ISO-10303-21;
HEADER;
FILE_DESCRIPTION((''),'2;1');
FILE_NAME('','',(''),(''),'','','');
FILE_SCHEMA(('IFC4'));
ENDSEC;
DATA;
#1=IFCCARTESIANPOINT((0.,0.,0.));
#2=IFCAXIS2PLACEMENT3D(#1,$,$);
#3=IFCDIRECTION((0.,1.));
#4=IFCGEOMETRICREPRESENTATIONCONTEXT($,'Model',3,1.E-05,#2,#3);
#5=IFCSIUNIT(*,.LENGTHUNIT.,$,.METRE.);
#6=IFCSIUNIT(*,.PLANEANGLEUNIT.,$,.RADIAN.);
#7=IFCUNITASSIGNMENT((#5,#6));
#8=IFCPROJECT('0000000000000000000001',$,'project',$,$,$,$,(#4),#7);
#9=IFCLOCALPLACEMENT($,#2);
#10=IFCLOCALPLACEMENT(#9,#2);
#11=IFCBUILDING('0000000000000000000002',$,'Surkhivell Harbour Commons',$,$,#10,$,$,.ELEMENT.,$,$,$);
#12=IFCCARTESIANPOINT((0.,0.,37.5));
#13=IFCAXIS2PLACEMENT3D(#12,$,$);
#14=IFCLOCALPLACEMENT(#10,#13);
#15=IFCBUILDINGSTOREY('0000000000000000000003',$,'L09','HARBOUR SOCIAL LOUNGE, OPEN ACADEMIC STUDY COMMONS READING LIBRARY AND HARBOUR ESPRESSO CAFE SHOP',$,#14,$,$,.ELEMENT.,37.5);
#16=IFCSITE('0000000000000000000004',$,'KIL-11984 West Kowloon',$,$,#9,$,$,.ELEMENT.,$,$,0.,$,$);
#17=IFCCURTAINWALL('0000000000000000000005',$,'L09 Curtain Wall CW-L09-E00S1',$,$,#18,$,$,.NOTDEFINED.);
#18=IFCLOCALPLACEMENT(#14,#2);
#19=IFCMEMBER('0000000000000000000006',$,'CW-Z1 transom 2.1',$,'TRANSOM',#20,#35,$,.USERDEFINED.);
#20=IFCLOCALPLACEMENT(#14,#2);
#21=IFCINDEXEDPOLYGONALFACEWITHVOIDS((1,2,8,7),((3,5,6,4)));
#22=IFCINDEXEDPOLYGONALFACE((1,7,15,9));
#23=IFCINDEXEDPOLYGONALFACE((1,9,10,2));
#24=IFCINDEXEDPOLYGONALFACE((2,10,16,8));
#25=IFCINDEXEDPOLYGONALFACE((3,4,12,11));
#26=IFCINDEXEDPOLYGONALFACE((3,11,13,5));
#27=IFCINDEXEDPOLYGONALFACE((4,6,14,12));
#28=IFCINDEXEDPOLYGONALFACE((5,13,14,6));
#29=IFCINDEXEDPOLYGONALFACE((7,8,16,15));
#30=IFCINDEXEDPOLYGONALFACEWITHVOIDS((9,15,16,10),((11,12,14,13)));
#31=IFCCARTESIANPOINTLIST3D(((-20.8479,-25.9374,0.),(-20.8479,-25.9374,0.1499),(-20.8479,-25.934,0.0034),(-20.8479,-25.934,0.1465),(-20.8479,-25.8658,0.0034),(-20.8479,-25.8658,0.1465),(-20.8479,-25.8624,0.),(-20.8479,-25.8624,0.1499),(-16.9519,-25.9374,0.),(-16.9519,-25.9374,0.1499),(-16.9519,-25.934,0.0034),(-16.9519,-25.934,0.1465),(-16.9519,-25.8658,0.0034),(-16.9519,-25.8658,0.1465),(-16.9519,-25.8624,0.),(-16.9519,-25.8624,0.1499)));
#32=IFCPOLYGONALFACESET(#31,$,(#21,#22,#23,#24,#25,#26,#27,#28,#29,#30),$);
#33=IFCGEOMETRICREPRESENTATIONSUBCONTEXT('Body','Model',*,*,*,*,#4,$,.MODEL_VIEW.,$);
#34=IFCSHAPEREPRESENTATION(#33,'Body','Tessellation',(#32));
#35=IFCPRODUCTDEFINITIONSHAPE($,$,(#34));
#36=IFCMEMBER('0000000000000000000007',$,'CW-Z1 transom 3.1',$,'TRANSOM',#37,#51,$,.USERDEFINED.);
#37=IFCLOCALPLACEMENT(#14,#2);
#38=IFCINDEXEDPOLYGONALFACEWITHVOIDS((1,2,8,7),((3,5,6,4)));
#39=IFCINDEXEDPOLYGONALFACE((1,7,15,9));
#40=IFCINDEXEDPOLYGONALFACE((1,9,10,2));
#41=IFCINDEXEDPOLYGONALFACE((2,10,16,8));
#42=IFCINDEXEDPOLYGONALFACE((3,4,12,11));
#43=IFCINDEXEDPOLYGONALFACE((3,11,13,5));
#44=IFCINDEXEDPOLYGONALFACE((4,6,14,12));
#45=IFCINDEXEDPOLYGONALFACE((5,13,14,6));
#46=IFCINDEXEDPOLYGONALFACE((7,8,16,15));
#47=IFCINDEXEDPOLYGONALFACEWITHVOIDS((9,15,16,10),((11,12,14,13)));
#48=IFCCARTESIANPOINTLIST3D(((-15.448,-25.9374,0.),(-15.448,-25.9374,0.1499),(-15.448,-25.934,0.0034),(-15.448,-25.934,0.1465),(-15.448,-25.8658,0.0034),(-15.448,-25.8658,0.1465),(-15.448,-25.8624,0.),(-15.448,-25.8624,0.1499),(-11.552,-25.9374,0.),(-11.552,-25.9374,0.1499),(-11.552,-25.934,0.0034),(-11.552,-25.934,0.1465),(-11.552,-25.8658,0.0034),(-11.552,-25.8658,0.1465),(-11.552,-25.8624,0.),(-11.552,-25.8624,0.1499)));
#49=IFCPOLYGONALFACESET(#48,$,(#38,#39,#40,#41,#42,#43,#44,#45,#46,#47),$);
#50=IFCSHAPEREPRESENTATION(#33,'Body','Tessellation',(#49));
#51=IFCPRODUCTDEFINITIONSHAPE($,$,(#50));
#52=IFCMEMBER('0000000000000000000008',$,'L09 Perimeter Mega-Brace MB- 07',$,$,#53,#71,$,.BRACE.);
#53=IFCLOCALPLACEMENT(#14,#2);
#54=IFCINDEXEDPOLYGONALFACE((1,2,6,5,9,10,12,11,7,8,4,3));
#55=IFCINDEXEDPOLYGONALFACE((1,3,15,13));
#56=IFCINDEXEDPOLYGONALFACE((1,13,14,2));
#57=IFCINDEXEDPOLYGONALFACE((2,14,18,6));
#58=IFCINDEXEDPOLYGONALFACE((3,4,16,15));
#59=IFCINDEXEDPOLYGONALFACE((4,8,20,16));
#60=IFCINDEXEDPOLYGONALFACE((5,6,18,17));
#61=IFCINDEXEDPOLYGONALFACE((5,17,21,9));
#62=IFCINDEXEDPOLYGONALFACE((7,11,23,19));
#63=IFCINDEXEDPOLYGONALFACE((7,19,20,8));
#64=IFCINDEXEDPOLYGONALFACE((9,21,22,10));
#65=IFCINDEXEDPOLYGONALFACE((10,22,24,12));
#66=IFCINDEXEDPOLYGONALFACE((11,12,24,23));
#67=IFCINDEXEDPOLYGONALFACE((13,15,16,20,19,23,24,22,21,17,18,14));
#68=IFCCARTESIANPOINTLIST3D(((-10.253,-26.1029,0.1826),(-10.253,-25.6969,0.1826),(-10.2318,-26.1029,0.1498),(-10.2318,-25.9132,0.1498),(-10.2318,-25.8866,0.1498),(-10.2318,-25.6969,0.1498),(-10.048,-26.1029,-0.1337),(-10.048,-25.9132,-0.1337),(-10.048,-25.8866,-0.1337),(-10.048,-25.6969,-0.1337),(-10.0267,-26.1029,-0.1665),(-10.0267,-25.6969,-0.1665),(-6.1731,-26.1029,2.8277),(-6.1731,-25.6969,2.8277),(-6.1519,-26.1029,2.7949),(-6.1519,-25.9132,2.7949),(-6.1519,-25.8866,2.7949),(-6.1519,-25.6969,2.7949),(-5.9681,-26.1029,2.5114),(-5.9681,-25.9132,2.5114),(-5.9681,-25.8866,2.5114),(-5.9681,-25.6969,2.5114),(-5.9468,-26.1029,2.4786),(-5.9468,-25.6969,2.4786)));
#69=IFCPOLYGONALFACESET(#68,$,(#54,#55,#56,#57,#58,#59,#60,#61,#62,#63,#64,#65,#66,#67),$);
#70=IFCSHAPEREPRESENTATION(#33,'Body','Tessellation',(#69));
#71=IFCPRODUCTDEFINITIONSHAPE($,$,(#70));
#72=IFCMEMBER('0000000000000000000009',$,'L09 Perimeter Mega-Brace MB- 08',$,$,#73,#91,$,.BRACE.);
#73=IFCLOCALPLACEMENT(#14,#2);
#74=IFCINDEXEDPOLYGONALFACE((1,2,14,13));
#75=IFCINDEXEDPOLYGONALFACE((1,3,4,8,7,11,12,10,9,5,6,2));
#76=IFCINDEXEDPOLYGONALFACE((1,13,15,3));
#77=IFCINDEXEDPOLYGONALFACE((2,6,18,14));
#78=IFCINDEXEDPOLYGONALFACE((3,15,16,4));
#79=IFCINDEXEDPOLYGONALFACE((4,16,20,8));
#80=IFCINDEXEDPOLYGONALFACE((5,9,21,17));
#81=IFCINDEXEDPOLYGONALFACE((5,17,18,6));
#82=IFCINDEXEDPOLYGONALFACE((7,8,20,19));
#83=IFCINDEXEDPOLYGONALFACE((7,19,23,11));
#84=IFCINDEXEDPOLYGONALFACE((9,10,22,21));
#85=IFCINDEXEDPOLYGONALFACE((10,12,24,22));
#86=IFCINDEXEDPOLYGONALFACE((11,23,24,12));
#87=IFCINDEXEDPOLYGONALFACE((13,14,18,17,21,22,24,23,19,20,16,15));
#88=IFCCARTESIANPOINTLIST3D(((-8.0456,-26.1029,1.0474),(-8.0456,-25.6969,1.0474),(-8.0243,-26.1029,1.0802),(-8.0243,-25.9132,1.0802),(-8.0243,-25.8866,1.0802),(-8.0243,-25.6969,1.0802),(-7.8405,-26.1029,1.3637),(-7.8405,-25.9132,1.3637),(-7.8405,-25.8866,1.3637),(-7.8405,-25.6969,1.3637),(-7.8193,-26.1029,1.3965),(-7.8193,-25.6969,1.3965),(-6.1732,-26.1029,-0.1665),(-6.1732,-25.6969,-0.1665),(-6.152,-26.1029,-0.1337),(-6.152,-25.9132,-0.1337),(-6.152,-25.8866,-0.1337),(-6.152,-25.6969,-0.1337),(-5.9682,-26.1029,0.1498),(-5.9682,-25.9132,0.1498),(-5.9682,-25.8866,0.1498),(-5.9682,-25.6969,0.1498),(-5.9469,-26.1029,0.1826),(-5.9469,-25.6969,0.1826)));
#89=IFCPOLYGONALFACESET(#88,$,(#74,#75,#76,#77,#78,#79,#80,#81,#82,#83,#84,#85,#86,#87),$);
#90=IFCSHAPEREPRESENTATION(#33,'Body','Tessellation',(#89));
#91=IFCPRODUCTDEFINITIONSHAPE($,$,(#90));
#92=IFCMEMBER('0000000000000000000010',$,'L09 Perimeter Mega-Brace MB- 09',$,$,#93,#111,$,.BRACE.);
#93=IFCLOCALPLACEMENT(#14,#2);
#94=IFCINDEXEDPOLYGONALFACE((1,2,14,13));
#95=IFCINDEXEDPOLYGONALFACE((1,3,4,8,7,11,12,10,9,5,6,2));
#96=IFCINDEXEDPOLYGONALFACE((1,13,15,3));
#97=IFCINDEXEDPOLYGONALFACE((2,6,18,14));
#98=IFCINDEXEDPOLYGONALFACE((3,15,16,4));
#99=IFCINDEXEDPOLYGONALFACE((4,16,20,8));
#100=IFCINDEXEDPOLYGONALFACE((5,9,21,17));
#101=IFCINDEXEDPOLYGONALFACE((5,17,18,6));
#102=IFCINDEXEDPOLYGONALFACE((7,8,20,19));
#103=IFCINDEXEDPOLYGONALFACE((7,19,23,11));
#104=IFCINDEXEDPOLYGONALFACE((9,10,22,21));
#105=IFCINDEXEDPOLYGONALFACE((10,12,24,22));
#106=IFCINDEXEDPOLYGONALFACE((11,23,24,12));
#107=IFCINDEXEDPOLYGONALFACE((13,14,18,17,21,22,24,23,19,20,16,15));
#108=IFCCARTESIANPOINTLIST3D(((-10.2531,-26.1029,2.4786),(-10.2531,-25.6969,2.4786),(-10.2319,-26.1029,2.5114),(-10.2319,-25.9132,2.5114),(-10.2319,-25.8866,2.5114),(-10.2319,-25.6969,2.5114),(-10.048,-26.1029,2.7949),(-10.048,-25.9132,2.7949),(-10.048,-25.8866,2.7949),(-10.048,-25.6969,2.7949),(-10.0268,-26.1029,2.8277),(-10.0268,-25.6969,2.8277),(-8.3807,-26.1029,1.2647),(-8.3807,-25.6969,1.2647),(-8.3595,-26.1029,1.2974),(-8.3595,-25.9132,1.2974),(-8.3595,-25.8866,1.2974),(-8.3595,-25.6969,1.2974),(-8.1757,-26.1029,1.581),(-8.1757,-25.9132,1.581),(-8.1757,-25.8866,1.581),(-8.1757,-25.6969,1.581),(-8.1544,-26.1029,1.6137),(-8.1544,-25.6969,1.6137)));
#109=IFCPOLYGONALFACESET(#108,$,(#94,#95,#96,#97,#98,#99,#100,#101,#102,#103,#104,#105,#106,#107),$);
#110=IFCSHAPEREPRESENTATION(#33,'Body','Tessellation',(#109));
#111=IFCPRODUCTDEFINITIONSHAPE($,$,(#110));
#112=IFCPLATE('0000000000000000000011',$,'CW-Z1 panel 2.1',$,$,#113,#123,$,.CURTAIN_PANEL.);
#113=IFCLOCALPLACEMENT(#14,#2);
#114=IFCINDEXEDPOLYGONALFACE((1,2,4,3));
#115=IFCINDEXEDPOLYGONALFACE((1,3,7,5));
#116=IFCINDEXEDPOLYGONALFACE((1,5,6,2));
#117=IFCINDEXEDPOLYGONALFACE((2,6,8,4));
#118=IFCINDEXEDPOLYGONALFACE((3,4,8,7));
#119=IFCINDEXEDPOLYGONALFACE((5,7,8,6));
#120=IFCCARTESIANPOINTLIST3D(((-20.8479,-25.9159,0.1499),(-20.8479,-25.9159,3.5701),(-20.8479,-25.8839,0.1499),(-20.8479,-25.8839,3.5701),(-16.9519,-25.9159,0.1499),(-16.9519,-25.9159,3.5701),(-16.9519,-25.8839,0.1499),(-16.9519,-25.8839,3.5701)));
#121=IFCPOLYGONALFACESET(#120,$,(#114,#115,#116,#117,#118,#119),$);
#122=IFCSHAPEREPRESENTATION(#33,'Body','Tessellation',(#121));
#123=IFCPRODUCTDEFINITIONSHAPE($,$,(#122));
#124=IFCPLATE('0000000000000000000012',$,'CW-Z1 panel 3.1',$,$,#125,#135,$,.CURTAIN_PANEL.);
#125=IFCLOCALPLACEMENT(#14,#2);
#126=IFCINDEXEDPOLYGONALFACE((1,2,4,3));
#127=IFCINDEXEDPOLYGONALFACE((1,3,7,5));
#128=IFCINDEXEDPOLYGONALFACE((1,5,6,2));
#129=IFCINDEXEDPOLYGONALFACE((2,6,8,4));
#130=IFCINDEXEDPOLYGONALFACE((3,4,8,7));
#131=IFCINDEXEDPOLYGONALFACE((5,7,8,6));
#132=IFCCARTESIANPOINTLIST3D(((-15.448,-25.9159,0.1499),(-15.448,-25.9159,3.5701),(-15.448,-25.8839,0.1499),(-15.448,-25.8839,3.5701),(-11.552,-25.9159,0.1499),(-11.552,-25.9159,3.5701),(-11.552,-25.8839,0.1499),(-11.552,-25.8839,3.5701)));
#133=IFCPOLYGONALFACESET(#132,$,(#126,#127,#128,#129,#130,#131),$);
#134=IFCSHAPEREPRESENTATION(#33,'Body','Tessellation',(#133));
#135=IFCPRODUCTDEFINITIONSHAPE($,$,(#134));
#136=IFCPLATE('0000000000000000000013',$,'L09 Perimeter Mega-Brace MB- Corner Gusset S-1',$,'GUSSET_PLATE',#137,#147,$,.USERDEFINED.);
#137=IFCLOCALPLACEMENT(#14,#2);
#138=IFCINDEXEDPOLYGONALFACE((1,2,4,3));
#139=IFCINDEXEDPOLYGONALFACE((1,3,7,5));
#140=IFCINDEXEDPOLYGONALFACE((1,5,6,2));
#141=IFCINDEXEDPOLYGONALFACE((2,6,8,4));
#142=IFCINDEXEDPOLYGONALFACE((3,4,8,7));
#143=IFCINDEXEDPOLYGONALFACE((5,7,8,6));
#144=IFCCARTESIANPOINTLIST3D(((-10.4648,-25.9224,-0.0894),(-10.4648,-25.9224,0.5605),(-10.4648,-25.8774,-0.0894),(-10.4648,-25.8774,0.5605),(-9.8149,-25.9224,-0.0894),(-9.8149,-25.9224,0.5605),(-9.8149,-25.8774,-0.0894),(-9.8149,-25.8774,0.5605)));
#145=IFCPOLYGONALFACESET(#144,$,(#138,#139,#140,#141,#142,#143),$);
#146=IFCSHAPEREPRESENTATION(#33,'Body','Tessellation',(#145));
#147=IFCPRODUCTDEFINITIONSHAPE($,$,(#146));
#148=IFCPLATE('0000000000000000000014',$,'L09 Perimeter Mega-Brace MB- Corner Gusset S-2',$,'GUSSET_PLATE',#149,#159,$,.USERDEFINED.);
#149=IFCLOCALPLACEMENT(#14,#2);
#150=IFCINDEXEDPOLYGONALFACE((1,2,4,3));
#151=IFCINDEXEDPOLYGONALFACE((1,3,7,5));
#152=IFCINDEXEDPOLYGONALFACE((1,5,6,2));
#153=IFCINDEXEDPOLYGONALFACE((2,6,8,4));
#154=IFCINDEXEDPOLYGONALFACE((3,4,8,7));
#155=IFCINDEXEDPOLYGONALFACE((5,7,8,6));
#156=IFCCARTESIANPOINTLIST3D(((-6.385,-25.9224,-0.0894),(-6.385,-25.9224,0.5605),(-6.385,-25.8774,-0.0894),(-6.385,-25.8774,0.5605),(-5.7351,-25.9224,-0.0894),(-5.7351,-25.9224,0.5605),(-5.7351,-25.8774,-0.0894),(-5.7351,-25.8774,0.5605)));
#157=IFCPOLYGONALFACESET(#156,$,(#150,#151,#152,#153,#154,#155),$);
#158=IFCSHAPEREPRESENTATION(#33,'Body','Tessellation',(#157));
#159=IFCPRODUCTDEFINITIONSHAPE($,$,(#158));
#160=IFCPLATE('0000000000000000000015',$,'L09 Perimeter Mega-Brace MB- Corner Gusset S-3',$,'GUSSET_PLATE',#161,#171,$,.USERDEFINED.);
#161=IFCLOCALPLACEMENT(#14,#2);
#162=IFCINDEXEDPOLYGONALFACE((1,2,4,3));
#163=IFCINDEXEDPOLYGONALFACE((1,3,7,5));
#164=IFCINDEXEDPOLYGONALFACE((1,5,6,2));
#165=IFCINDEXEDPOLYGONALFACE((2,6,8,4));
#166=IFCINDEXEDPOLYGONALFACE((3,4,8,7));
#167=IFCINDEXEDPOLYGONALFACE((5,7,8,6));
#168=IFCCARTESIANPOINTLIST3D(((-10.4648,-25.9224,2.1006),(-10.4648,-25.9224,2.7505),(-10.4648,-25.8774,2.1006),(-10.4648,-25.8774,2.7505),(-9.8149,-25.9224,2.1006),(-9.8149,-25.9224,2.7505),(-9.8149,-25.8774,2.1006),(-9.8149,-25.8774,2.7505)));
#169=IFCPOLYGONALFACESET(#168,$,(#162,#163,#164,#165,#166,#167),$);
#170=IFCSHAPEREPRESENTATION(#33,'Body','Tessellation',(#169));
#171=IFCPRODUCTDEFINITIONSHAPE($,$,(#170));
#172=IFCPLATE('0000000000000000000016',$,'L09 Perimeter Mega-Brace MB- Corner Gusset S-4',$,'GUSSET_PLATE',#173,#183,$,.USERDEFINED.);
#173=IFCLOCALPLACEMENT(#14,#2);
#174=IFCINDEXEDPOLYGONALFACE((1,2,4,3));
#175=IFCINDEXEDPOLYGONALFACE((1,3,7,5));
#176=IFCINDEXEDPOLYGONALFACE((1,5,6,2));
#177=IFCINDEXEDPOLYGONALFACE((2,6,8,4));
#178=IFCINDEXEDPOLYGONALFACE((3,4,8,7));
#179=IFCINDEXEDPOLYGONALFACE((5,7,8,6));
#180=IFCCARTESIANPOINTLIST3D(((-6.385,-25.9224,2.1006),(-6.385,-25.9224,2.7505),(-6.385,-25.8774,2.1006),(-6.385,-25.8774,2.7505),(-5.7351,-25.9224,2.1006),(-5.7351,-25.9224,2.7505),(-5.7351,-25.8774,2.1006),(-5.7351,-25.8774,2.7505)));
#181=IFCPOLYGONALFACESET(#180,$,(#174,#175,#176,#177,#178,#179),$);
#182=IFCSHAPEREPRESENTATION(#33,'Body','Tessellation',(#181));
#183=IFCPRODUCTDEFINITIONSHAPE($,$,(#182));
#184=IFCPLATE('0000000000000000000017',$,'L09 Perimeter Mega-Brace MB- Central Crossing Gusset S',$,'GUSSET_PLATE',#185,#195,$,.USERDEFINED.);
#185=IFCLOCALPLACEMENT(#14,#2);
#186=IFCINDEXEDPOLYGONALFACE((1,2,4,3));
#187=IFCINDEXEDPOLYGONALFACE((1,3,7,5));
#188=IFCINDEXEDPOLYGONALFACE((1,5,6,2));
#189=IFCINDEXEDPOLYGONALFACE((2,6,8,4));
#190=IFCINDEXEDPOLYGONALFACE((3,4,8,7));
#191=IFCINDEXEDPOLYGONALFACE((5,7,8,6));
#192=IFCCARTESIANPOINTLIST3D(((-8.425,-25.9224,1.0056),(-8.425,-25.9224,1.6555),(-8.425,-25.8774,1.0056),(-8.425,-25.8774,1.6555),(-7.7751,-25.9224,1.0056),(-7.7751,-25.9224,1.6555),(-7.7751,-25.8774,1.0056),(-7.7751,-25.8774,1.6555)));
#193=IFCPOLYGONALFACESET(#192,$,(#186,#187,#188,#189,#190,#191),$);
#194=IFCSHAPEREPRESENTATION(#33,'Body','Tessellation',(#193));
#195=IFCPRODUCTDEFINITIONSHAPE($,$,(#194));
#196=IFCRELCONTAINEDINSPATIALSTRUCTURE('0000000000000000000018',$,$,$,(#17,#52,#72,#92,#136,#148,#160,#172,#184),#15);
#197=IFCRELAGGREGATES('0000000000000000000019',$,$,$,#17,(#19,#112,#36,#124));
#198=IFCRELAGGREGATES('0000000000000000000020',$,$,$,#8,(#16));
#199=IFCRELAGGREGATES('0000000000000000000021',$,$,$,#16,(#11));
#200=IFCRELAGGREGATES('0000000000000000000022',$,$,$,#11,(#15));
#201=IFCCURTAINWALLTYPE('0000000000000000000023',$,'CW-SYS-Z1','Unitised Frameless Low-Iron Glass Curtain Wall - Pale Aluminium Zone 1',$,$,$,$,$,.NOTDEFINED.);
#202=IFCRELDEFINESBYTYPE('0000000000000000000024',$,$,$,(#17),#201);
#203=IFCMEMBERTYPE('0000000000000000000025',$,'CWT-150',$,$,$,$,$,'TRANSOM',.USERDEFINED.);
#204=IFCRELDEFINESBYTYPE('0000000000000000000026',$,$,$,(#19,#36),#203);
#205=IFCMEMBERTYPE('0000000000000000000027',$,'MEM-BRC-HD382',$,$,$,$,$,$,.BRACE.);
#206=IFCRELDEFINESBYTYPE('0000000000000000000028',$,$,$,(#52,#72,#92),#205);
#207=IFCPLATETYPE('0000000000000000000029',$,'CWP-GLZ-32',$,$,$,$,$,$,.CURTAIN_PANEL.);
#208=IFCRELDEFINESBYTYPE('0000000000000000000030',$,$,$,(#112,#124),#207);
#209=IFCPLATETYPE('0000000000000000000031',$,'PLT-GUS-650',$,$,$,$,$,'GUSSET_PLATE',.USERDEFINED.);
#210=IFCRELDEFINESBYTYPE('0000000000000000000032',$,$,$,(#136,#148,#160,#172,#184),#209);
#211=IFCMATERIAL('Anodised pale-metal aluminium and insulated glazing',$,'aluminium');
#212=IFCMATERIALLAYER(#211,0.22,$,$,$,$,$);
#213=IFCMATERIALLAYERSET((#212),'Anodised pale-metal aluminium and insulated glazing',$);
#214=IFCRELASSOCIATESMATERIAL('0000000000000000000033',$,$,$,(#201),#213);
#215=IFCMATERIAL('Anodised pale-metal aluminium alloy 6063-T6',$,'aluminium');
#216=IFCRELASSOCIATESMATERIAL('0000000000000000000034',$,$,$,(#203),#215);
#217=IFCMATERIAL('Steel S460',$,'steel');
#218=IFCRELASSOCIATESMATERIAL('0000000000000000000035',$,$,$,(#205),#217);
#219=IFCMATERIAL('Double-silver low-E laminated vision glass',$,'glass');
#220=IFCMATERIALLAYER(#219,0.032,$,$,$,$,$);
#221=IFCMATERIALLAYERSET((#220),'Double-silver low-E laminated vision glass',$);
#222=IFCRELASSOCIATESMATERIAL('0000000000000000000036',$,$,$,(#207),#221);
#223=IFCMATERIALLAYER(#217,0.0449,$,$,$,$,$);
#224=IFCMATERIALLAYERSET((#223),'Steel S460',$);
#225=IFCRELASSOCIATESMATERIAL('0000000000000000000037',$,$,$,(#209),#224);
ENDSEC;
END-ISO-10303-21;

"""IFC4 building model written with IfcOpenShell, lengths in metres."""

from ifc_helpers import new_model, si_unit, direction, frame, frame_2d, origin, origin_2d, place, context, subcontext, project, spatial, rectangle, hollow_rectangle, i_section, extrude, material, layer, layer_set, material_profile, profile_set, type_object, element, aggregate, save


model = new_model("IFC4")

# Units and contexts
model_context = context("Model", 3, precision=1e-05, world=origin(), true_north=direction((0.0, 1.0)))
body_context = subcontext(model_context, "Body", "Model", "MODEL_VIEW")
ifc_project = project(units=[si_unit("LENGTHUNIT", "METRE"), si_unit("PLANEANGLEUNIT", "RADIAN")], contexts=[model_context])

# Site, building, storey
site_placement = place(None, origin())
site = spatial("IfcSite", under=ifc_project, at=site_placement, Name="KIL-11984 West Kowloon", CompositionType="ELEMENT", RefElevation=0.0)
building_placement = place(site_placement, origin())
building = spatial("IfcBuilding", under=site, at=building_placement, Name="Surkhivell Harbour Commons", CompositionType="ELEMENT")
storey_placement = place(building_placement, frame((0.0, 0.0, 37.5)))
storey = spatial("IfcBuildingStorey", under=building, at=storey_placement, Name="L09", Description="HARBOUR SOCIAL LOUNGE, OPEN ACADEMIC STUDY COMMONS READING LIBRARY AND HARBOUR ESPRESSO CAFE SHOP", CompositionType="ELEMENT", Elevation=37.5)

# Shared definitions
ifc_material_1 = material(Name="Steel S460", Category="steel")

# Curtain wall, members
ifc_material_2 = material(Name="Anodised pale-metal aluminium and insulated glazing", Category="aluminium")
ifc_layer_1 = layer(ifc_material_2, 0.22)
ifc_layer_set_1 = layer_set([ifc_layer_1], Name="Anodised pale-metal aluminium and insulated glazing")
curtain_wall_type = type_object("IfcCurtainWallType", Name="CW-SYS-Z1", Description="Unitised Frameless Low-Iron Glass Curtain Wall - Pale Aluminium Zone 1", PredefinedType="NOTDEFINED", material=ifc_layer_set_1)
curtain_wall_placement = place(storey_placement, origin())
curtain_wall = element("IfcCurtainWall", 1, at=curtain_wall_placement, inside=storey, type_object=curtain_wall_type, Name="L09 Curtain Wall CW-L09-E00S1", PredefinedType="NOTDEFINED")
ifc_material_3 = material(Name="Anodised pale-metal aluminium alloy 6063-T6", Category="aluminium")
ifc_material_profile_1 = material_profile(ifc_material_3, hollow_rectangle(XDim=0.075, YDim=0.1499, WallThickness=0.0034, at=origin_2d()), Name="ALU-TRAN-75x150")
ifc_profile_set_1 = profile_set([ifc_material_profile_1], Name="Anodised pale-metal aluminium alloy 6063-T6")
member_type_1 = type_object("IfcMemberType", Name="CWT-150", ElementType="TRANSOM", PredefinedType="USERDEFINED", material=ifc_profile_set_1)
member_1_placement = place(storey_placement, frame((-20.8479, -25.8999, 0.075), z_axis=(1.0, 0.0, 0.0), x_axis=(0.0, 1.0, 0.0)))
member_1 = element("IfcMember", 2, at=member_1_placement, type_object=member_type_1, Name="CW-Z1 transom 2.1", ObjectType="TRANSOM", PredefinedType="USERDEFINED", context=body_context, shape_type="SweptSolid", body=[
    extrude(hollow_rectangle(XDim=0.075, YDim=0.1499, WallThickness=0.0034, at=origin_2d()), origin(), (0.0, 0.0, 1.0), 3.896),
])
member_2_placement = place(storey_placement, frame((-15.448, -25.8999, 0.075), z_axis=(1.0, 0.0, 0.0), x_axis=(0.0, 1.0, 0.0)))
member_2 = element("IfcMember", 3, at=member_2_placement, type_object=member_type_1, Name="CW-Z1 transom 3.1", ObjectType="TRANSOM", PredefinedType="USERDEFINED", context=body_context, shape_type="SweptSolid", body=[
    extrude(hollow_rectangle(XDim=0.075, YDim=0.1499, WallThickness=0.0034, at=origin_2d()), origin(), (0.0, 0.0, 1.0), 3.896),
])

# Members
ifc_material_profile_2 = material_profile(ifc_material_1, i_section(OverallWidth=0.406, OverallDepth=0.416, WebThickness=0.0266, FlangeThickness=0.0391, at=origin_2d()), Name="HD400x382")
ifc_profile_set_2 = profile_set([ifc_material_profile_2], Name="Steel S460")
member_type_2 = type_object("IfcMemberType", Name="MEM-BRC-HD382", PredefinedType="BRACE", material=ifc_profile_set_2)
member_3_placement = place(storey_placement, frame((-10.1399, -25.8999, 0.0081), z_axis=(0.839089, 0.0, 0.543994), x_axis=(0.0, 1.0, 0.0)))
element("IfcMember", 4, at=member_3_placement, inside=storey, type_object=member_type_2, Name="L09 Perimeter Mega-Brace MB- 07", PredefinedType="BRACE", context=body_context, shape_type="SweptSolid", body=[
    extrude(i_section(OverallWidth=0.406, OverallDepth=0.416, WebThickness=0.0266, FlangeThickness=0.0391, at=origin_2d()), origin(), (0.0, 0.0, 1.0), 4.8623),
])
for number, where, z_axis, x_axis, name in (
    (5, (-6.0601, -25.8999, 0.0081), (-0.839085, 0.0, 0.544), (0.0, -1.0, 0.0), "L09 Perimeter Mega-Brace MB- 08"),
    (6, (-8.2676, -25.8999, 1.4392), (-0.839085, 0.0, 0.544), (0.0, -1.0, 0.0), "L09 Perimeter Mega-Brace MB- 09"),
):
    element("IfcMember", number, at=place(storey_placement, frame(where, z_axis=z_axis, x_axis=x_axis)), inside=storey, type_object=member_type_2, Name=name, PredefinedType="BRACE", context=body_context, shape_type="SweptSolid", body=[
        extrude(i_section(OverallWidth=0.406, OverallDepth=0.416, WebThickness=0.0266, FlangeThickness=0.0391, at=origin_2d()), origin(), (0.0, 0.0, 1.0), 2.2314),
    ])

# Plates
ifc_material_4 = material(Name="Double-silver low-E laminated vision glass", Category="glass")
ifc_layer_2 = layer(ifc_material_4, 0.032)
ifc_layer_set_2 = layer_set([ifc_layer_2], Name="Double-silver low-E laminated vision glass")
plate_type_1 = type_object("IfcPlateType", Name="CWP-GLZ-32", PredefinedType="CURTAIN_PANEL", material=ifc_layer_set_2)
plate_1_placement = place(storey_placement, frame((-20.8479, -25.8999, 0.1499), z_axis=(0.0, 0.0, 1.0), x_axis=(1.0, 0.0, 0.0)))
plate_1 = element("IfcPlate", 7, at=plate_1_placement, type_object=plate_type_1, Name="CW-Z1 panel 2.1", PredefinedType="CURTAIN_PANEL", context=body_context, shape_type="SweptSolid", body=[
    extrude(rectangle(XDim=3.896, YDim=0.032, at=frame_2d((1.948, 0.0))), origin(), (0.0, 0.0, 1.0), 3.4202),
])
plate_2_placement = place(storey_placement, frame((-15.448, -25.8999, 0.1499), z_axis=(0.0, 0.0, 1.0), x_axis=(1.0, 0.0, 0.0)))
plate_2 = element("IfcPlate", 8, at=plate_2_placement, type_object=plate_type_1, Name="CW-Z1 panel 3.1", PredefinedType="CURTAIN_PANEL", context=body_context, shape_type="SweptSolid", body=[
    extrude(rectangle(XDim=3.896, YDim=0.032, at=frame_2d((1.948, 0.0))), origin(), (0.0, 0.0, 1.0), 3.4202),
])
aggregate(curtain_wall, [member_1, plate_1, member_2, plate_2])

# Plates
ifc_layer_3 = layer(ifc_material_1, 0.0449)
ifc_layer_set_3 = layer_set([ifc_layer_3], Name="Steel S460")
plate_type_2 = type_object("IfcPlateType", Name="PLT-GUS-650", ElementType="GUSSET_PLATE", PredefinedType="USERDEFINED", material=ifc_layer_set_3)
for number, where, z_axis, x_axis, name in (
    (9, (-10.1399, -25.8999, -0.0894), (0.0, 0.0, 1.0), (1.0, 0.0, 0.0), "L09 Perimeter Mega-Brace MB- Corner Gusset S-1"),
    (10, (-6.0601, -25.8999, -0.0894), (0.0, 0.0, 1.0), (1.0, 0.0, 0.0), "L09 Perimeter Mega-Brace MB- Corner Gusset S-2"),
    (11, (-10.1399, -25.8999, 2.1006), (0.0, 0.0, 1.0), (1.0, 0.0, 0.0), "L09 Perimeter Mega-Brace MB- Corner Gusset S-3"),
    (12, (-6.0601, -25.8999, 2.1006), (0.0, 0.0, 1.0), (1.0, 0.0, 0.0), "L09 Perimeter Mega-Brace MB- Corner Gusset S-4"),
    (13, (-8.1001, -25.8999, 1.0056), (0.0, 0.0, 1.0), (1.0, 0.0, 0.0), "L09 Perimeter Mega-Brace MB- Central Crossing Gusset S"),
):
    element("IfcPlate", number, at=place(storey_placement, frame(where, z_axis=z_axis, x_axis=x_axis)), inside=storey, type_object=plate_type_2, Name=name, ObjectType="GUSSET_PLATE", PredefinedType="USERDEFINED", context=body_context, shape_type="SweptSolid", body=[
        extrude(rectangle(XDim=0.6499, YDim=0.0449, at=origin_2d()), origin(), (0.0, 0.0, 1.0), 0.6499),
    ])

save(model, "model.ifc")
